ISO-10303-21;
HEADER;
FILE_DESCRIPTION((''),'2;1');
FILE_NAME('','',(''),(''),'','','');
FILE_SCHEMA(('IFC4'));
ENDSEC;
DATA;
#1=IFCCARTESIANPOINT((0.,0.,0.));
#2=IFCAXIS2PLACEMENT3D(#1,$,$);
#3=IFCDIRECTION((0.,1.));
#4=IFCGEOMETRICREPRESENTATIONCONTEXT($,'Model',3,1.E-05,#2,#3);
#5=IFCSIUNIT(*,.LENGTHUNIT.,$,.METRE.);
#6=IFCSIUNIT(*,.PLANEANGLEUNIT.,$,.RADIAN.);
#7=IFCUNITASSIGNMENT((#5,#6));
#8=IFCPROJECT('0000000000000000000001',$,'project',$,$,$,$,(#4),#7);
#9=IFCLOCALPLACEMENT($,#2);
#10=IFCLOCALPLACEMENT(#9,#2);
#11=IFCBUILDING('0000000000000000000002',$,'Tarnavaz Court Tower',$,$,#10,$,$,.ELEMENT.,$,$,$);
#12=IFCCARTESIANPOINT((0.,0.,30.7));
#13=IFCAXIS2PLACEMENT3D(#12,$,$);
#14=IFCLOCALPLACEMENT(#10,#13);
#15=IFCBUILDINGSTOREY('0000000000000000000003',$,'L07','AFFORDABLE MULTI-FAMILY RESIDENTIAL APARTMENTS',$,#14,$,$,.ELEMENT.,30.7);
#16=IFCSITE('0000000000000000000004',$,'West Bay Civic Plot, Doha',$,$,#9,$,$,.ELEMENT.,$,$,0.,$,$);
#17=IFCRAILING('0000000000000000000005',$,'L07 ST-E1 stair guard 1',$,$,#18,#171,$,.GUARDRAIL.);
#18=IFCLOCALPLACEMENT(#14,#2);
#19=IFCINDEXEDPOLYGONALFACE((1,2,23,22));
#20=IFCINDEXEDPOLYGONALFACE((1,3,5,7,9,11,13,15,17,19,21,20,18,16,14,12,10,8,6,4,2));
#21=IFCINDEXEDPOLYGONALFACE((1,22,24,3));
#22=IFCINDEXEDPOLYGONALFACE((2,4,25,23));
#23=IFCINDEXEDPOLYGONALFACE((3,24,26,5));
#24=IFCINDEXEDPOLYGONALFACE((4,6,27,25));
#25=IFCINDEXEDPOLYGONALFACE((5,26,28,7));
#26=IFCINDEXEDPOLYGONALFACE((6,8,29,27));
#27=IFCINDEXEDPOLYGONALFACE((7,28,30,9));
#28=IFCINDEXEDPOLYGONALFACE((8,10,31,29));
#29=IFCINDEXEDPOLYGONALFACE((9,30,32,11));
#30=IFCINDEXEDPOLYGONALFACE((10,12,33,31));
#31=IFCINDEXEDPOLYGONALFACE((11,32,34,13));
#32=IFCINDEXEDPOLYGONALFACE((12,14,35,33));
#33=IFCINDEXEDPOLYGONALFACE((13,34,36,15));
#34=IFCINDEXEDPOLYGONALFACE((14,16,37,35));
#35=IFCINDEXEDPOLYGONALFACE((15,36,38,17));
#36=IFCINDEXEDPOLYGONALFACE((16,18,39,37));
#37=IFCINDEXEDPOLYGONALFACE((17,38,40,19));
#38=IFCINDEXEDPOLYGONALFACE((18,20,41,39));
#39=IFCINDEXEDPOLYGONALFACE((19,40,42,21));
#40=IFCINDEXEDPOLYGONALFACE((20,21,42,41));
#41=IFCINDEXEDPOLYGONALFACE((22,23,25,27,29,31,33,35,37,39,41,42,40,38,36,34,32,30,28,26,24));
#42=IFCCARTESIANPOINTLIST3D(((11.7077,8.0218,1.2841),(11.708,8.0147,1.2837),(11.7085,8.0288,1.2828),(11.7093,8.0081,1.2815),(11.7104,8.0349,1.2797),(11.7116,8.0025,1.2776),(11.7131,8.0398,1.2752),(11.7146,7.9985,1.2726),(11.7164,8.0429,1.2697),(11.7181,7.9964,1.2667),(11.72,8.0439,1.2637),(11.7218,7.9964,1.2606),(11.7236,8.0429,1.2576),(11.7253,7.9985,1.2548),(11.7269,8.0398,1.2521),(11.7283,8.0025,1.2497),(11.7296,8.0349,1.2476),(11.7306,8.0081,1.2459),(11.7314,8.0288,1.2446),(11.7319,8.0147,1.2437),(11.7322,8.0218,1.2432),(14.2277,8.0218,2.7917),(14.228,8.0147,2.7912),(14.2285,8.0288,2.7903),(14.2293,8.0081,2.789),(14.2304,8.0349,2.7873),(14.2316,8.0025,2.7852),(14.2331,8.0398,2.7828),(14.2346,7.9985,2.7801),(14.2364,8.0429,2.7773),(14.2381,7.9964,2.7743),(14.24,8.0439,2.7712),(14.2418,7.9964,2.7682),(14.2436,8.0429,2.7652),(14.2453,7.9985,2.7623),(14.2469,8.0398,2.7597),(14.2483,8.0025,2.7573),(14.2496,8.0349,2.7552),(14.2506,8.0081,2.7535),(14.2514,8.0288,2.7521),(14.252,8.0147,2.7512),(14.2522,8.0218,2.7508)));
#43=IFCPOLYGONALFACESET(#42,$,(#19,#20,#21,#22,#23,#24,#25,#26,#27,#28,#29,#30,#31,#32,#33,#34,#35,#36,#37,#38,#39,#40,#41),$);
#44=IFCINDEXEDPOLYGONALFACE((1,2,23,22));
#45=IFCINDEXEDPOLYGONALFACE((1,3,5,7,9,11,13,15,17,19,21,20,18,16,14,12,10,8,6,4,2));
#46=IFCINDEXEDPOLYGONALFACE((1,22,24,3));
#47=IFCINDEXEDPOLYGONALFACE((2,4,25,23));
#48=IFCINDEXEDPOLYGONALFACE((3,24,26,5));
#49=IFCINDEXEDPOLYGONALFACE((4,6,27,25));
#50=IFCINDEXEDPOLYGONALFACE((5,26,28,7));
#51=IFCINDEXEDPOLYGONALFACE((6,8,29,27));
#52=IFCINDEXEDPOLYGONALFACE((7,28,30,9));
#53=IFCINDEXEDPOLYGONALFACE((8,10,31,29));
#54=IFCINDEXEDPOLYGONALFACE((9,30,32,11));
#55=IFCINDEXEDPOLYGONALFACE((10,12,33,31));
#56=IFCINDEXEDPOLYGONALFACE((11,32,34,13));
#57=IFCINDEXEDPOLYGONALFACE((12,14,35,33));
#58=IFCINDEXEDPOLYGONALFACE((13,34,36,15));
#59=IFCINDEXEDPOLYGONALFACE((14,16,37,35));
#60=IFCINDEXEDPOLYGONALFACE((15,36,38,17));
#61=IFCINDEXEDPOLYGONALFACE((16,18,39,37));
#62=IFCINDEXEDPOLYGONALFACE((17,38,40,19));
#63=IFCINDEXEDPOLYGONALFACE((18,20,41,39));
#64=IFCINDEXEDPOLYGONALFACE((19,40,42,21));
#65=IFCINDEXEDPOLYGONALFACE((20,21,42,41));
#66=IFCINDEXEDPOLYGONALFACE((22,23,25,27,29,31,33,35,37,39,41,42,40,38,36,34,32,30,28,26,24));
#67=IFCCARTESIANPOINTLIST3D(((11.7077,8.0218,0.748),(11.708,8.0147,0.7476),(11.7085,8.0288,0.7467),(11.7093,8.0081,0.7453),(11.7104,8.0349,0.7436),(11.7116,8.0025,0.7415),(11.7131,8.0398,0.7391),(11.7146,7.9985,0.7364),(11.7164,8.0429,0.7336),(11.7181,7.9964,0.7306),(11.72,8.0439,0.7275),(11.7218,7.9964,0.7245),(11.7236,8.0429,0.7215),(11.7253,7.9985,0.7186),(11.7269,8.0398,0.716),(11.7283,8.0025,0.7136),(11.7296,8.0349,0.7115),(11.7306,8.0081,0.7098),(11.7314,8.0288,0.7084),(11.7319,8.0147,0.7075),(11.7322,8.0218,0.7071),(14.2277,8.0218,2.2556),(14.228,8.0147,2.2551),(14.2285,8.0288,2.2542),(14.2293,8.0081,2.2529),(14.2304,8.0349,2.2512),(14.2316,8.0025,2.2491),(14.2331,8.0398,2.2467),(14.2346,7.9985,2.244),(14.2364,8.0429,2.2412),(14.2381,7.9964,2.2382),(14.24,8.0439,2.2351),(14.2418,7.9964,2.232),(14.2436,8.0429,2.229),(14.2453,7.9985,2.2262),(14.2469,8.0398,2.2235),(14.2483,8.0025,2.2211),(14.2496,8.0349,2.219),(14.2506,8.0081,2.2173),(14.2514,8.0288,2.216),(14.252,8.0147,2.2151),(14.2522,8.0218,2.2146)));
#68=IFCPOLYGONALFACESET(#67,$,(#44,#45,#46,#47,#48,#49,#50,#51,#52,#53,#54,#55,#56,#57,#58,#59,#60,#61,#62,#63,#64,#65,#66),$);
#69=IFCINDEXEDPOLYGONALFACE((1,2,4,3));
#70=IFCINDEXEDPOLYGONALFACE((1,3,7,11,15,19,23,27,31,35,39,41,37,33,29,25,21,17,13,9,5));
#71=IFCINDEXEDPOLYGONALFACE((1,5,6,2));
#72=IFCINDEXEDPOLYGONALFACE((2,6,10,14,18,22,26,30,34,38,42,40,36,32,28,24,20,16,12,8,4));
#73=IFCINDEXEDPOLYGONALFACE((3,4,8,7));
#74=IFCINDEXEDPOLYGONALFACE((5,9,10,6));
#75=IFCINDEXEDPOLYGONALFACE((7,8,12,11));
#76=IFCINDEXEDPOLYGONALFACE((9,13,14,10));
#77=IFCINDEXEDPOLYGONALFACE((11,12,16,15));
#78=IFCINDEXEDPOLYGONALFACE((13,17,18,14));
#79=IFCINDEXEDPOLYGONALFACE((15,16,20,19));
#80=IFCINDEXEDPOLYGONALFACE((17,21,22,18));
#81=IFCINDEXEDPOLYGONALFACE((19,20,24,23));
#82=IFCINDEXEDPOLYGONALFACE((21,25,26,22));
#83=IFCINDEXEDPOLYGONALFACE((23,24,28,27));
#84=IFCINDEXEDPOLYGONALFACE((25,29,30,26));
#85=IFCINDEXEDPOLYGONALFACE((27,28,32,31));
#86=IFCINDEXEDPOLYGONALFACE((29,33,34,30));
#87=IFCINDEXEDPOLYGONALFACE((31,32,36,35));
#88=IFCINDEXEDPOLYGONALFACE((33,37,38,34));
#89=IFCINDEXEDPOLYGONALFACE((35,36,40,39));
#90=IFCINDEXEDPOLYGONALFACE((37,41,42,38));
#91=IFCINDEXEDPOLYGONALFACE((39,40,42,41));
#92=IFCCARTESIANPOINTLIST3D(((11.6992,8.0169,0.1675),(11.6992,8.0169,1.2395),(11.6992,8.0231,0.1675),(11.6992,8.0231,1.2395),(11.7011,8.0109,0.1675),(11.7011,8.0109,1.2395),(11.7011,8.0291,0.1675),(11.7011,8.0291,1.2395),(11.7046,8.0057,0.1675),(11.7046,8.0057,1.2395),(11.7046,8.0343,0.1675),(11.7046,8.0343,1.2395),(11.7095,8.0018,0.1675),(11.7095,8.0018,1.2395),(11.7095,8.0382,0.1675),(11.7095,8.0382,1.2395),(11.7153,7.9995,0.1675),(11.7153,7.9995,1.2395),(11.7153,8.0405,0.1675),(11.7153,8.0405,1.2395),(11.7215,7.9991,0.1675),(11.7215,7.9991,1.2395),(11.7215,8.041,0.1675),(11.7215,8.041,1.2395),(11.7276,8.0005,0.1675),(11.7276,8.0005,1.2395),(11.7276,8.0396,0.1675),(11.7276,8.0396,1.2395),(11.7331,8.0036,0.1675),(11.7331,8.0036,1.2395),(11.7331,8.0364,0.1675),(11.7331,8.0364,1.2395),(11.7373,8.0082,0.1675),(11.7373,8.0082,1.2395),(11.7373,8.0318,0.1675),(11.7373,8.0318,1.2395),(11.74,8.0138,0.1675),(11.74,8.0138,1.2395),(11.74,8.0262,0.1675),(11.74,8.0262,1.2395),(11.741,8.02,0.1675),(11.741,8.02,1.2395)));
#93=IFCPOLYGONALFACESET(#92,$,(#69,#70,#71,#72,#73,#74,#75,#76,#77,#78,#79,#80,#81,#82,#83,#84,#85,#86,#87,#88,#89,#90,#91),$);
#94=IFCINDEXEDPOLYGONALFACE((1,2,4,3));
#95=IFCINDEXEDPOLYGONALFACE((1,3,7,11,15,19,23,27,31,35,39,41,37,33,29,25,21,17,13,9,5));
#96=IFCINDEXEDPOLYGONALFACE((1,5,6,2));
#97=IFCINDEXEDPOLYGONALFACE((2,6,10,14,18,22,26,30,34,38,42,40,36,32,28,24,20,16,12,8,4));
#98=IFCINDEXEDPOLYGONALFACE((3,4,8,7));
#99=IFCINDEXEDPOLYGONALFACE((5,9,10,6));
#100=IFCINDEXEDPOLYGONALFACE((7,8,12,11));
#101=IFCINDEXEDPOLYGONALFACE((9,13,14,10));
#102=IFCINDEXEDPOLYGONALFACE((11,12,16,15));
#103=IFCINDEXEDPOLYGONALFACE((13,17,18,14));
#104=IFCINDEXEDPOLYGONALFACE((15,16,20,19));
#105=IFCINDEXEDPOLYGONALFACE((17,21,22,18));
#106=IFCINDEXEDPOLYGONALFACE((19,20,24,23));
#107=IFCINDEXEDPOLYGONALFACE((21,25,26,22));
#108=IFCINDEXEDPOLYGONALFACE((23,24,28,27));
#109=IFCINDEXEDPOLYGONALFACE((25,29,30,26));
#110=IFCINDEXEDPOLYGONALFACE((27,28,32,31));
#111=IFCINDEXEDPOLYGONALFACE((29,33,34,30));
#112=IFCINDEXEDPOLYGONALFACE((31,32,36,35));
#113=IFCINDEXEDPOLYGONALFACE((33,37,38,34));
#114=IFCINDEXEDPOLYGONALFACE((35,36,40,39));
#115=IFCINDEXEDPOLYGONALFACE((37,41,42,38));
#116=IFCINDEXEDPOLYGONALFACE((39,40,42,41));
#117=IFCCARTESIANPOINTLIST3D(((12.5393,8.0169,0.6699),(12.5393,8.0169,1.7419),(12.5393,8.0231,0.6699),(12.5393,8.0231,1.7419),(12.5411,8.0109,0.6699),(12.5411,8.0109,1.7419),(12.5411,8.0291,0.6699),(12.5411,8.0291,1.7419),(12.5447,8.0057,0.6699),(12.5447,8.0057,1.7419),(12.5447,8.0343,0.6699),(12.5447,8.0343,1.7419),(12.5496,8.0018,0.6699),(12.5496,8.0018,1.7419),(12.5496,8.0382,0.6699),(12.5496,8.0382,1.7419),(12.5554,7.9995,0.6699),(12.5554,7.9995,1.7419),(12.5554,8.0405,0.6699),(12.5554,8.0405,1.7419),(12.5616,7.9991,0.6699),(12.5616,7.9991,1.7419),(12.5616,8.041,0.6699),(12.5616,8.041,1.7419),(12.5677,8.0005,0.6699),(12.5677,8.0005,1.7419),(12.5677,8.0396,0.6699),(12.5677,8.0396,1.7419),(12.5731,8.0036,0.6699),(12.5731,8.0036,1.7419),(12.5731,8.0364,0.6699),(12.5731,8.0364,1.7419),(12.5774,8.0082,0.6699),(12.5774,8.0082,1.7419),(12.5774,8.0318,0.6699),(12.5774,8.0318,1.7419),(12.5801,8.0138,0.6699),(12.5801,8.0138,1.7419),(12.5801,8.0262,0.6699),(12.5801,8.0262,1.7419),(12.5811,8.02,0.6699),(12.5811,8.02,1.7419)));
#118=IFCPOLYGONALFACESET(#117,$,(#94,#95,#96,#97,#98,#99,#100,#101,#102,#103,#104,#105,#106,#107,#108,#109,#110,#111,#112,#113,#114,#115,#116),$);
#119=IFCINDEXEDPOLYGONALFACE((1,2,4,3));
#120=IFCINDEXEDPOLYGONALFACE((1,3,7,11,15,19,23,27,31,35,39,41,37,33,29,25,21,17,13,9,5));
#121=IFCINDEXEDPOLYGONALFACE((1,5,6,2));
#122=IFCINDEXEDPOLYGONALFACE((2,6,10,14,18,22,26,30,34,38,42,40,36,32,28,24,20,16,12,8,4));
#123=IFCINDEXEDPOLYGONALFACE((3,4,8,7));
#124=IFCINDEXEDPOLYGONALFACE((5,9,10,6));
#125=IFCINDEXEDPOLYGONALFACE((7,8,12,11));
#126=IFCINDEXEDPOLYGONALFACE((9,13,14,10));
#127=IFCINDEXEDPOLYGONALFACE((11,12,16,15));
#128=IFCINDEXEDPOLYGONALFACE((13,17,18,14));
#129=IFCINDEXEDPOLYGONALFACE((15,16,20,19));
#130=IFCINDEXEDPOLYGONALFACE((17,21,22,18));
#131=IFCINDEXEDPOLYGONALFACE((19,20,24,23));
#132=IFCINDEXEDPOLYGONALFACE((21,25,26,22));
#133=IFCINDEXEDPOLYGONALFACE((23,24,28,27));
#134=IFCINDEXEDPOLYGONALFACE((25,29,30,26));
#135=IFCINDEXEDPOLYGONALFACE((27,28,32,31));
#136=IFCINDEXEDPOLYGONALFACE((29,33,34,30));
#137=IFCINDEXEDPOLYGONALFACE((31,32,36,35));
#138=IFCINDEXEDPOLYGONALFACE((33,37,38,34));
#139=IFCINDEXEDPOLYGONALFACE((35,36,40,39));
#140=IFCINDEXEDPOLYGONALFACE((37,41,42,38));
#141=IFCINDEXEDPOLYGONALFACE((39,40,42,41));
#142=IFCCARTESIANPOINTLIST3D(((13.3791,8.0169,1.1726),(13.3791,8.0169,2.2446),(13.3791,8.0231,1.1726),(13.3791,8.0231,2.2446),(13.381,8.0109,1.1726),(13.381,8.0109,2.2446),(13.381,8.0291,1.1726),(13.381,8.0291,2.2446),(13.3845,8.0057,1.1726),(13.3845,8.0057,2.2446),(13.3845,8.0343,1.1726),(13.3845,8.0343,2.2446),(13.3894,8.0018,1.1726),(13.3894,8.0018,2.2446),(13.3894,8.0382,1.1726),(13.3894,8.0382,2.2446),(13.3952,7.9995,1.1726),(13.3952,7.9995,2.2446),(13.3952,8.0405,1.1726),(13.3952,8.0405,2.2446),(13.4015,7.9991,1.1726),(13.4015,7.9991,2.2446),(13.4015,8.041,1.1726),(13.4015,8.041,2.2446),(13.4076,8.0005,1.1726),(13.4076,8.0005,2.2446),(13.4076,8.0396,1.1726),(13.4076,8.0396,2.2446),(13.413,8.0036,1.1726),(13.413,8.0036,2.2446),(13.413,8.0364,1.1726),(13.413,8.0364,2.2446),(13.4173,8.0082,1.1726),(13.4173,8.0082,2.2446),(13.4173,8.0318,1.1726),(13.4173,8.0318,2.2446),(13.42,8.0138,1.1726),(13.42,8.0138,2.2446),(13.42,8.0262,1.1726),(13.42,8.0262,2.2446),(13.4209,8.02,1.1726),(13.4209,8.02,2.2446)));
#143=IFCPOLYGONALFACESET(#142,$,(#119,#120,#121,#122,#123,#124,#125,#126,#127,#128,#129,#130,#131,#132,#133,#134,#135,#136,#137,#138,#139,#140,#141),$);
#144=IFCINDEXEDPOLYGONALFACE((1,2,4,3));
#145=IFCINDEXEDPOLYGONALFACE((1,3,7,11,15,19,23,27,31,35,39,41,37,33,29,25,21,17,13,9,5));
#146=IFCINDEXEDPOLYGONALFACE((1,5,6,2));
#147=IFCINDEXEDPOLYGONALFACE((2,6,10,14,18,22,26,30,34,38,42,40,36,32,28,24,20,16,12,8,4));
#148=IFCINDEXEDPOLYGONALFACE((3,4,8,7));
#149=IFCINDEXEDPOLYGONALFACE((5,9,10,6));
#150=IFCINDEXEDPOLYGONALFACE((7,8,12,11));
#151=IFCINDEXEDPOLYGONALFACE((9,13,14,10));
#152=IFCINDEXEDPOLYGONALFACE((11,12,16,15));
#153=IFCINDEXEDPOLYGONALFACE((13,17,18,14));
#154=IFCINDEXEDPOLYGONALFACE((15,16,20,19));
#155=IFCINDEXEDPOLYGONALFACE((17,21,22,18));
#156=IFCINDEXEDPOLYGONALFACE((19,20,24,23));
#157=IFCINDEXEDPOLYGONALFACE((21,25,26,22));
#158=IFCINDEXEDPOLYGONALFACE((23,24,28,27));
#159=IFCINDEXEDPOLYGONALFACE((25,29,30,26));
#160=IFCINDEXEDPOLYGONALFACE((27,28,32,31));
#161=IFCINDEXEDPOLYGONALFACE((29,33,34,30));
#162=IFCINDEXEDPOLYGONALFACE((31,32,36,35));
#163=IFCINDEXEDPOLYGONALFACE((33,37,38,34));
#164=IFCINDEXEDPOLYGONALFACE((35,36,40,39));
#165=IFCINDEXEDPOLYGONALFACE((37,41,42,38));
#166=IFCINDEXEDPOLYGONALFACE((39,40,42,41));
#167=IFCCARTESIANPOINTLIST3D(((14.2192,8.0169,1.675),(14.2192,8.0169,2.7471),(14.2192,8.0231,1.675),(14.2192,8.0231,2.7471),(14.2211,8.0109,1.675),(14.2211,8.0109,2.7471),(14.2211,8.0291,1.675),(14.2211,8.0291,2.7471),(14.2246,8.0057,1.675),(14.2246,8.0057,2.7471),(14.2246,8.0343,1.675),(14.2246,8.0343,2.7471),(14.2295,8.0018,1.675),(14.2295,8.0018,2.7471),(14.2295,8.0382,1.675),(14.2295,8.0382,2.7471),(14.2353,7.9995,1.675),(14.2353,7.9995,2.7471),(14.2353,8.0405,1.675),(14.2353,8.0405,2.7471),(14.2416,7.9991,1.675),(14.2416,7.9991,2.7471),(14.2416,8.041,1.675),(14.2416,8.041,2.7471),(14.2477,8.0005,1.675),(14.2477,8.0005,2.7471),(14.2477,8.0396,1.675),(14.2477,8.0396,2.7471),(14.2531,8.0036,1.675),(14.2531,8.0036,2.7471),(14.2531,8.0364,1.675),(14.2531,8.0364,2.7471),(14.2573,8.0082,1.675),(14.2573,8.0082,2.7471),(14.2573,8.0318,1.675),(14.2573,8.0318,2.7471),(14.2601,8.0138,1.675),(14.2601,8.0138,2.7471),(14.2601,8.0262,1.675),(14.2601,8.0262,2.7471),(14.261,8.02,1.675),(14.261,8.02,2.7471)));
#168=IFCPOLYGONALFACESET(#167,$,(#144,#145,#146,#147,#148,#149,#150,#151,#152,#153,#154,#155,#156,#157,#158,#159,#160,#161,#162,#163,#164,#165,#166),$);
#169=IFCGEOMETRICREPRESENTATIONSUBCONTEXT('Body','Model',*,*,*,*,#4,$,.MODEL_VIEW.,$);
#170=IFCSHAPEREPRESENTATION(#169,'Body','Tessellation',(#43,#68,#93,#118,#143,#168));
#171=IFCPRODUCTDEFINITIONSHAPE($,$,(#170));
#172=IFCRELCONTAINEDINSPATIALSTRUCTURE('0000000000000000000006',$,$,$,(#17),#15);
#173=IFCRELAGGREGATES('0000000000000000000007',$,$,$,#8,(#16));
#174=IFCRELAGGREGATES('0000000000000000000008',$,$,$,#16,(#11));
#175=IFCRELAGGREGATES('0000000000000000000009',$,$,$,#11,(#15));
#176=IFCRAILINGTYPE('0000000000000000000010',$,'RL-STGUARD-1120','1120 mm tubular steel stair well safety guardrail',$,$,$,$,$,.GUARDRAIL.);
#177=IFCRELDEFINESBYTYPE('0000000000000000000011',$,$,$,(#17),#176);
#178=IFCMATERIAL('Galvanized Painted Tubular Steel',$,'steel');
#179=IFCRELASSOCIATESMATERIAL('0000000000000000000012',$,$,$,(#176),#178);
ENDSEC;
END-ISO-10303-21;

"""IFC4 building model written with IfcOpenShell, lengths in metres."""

from ifc_helpers import new_model, si_unit, direction, frame, origin, origin_2d, place, context, subcontext, project, spatial, circle, extrude, material, type_object, element, save


model = new_model("IFC4")

# Units and contexts
model_context = context("Model", 3, precision=1e-05, world=origin(), true_north=direction((0.0, 1.0)))
body_context = subcontext(model_context, "Body", "Model", "MODEL_VIEW")
ifc_project = project(units=[si_unit("LENGTHUNIT", "METRE"), si_unit("PLANEANGLEUNIT", "RADIAN")], contexts=[model_context])

# Site, building, storey
site_placement = place(None, origin())
site = spatial("IfcSite", under=ifc_project, at=site_placement, Name="West Bay Civic Plot, Doha", CompositionType="ELEMENT", RefElevation=0.0)
building_placement = place(site_placement, origin())
building = spatial("IfcBuilding", under=site, at=building_placement, Name="Tarnavaz Court Tower", CompositionType="ELEMENT")
storey_placement = place(building_placement, frame((0.0, 0.0, 30.7)))
storey = spatial("IfcBuildingStorey", under=building, at=storey_placement, Name="L07", Description="AFFORDABLE MULTI-FAMILY RESIDENTIAL APARTMENTS", CompositionType="ELEMENT", Elevation=30.7)

# Railing
ifc_material_1 = material(Name="Galvanized Painted Tubular Steel", Category="steel")
railing_type_1 = type_object("IfcRailingType", Name="RL-STGUARD-1120", Description="1120 mm tubular steel stair well safety guardrail", PredefinedType="GUARDRAIL", material=ifc_material_1)
railing_1_placement = place(storey_placement, frame((11.72, 8.02, 0.1675)))
element("IfcRailing", 1, at=railing_1_placement, inside=storey, type_object=railing_type_1, Name="L07 ST-E1 stair guard 1", PredefinedType="GUARDRAIL", context=body_context, shape_type="SweptSolid", body=[
    extrude(circle(Radius=0.0239, at=origin_2d()), frame((0.0, 0.0, 1.0962), z_axis=(0.85816, 0.0, 0.513383), x_axis=(0.0, 1.0, 0.0)), (0.0, 0.0, 1.0), 2.9365),
    extrude(circle(Radius=0.0239, at=origin_2d()), frame((0.0, 0.0, 0.5601), z_axis=(0.85816, 0.0, 0.513383), x_axis=(0.0, 1.0, 0.0)), (0.0, 0.0, 1.0), 2.9365),
    extrude(circle(Radius=0.021, at=origin_2d()), origin(), (0.0, 0.0, 1.0), 1.072),
    extrude(circle(Radius=0.021, at=origin_2d()), frame((0.8401, 0.0, 0.5024)), (0.0, 0.0, 1.0), 1.072),
    extrude(circle(Radius=0.021, at=origin_2d()), frame((1.6799, 0.0, 1.0051)), (0.0, 0.0, 1.0), 1.072),
    extrude(circle(Radius=0.021, at=origin_2d()), frame((2.52, 0.0, 1.5076)), (0.0, 0.0, 1.0), 1.072),
])

save(model, "model.ifc")
